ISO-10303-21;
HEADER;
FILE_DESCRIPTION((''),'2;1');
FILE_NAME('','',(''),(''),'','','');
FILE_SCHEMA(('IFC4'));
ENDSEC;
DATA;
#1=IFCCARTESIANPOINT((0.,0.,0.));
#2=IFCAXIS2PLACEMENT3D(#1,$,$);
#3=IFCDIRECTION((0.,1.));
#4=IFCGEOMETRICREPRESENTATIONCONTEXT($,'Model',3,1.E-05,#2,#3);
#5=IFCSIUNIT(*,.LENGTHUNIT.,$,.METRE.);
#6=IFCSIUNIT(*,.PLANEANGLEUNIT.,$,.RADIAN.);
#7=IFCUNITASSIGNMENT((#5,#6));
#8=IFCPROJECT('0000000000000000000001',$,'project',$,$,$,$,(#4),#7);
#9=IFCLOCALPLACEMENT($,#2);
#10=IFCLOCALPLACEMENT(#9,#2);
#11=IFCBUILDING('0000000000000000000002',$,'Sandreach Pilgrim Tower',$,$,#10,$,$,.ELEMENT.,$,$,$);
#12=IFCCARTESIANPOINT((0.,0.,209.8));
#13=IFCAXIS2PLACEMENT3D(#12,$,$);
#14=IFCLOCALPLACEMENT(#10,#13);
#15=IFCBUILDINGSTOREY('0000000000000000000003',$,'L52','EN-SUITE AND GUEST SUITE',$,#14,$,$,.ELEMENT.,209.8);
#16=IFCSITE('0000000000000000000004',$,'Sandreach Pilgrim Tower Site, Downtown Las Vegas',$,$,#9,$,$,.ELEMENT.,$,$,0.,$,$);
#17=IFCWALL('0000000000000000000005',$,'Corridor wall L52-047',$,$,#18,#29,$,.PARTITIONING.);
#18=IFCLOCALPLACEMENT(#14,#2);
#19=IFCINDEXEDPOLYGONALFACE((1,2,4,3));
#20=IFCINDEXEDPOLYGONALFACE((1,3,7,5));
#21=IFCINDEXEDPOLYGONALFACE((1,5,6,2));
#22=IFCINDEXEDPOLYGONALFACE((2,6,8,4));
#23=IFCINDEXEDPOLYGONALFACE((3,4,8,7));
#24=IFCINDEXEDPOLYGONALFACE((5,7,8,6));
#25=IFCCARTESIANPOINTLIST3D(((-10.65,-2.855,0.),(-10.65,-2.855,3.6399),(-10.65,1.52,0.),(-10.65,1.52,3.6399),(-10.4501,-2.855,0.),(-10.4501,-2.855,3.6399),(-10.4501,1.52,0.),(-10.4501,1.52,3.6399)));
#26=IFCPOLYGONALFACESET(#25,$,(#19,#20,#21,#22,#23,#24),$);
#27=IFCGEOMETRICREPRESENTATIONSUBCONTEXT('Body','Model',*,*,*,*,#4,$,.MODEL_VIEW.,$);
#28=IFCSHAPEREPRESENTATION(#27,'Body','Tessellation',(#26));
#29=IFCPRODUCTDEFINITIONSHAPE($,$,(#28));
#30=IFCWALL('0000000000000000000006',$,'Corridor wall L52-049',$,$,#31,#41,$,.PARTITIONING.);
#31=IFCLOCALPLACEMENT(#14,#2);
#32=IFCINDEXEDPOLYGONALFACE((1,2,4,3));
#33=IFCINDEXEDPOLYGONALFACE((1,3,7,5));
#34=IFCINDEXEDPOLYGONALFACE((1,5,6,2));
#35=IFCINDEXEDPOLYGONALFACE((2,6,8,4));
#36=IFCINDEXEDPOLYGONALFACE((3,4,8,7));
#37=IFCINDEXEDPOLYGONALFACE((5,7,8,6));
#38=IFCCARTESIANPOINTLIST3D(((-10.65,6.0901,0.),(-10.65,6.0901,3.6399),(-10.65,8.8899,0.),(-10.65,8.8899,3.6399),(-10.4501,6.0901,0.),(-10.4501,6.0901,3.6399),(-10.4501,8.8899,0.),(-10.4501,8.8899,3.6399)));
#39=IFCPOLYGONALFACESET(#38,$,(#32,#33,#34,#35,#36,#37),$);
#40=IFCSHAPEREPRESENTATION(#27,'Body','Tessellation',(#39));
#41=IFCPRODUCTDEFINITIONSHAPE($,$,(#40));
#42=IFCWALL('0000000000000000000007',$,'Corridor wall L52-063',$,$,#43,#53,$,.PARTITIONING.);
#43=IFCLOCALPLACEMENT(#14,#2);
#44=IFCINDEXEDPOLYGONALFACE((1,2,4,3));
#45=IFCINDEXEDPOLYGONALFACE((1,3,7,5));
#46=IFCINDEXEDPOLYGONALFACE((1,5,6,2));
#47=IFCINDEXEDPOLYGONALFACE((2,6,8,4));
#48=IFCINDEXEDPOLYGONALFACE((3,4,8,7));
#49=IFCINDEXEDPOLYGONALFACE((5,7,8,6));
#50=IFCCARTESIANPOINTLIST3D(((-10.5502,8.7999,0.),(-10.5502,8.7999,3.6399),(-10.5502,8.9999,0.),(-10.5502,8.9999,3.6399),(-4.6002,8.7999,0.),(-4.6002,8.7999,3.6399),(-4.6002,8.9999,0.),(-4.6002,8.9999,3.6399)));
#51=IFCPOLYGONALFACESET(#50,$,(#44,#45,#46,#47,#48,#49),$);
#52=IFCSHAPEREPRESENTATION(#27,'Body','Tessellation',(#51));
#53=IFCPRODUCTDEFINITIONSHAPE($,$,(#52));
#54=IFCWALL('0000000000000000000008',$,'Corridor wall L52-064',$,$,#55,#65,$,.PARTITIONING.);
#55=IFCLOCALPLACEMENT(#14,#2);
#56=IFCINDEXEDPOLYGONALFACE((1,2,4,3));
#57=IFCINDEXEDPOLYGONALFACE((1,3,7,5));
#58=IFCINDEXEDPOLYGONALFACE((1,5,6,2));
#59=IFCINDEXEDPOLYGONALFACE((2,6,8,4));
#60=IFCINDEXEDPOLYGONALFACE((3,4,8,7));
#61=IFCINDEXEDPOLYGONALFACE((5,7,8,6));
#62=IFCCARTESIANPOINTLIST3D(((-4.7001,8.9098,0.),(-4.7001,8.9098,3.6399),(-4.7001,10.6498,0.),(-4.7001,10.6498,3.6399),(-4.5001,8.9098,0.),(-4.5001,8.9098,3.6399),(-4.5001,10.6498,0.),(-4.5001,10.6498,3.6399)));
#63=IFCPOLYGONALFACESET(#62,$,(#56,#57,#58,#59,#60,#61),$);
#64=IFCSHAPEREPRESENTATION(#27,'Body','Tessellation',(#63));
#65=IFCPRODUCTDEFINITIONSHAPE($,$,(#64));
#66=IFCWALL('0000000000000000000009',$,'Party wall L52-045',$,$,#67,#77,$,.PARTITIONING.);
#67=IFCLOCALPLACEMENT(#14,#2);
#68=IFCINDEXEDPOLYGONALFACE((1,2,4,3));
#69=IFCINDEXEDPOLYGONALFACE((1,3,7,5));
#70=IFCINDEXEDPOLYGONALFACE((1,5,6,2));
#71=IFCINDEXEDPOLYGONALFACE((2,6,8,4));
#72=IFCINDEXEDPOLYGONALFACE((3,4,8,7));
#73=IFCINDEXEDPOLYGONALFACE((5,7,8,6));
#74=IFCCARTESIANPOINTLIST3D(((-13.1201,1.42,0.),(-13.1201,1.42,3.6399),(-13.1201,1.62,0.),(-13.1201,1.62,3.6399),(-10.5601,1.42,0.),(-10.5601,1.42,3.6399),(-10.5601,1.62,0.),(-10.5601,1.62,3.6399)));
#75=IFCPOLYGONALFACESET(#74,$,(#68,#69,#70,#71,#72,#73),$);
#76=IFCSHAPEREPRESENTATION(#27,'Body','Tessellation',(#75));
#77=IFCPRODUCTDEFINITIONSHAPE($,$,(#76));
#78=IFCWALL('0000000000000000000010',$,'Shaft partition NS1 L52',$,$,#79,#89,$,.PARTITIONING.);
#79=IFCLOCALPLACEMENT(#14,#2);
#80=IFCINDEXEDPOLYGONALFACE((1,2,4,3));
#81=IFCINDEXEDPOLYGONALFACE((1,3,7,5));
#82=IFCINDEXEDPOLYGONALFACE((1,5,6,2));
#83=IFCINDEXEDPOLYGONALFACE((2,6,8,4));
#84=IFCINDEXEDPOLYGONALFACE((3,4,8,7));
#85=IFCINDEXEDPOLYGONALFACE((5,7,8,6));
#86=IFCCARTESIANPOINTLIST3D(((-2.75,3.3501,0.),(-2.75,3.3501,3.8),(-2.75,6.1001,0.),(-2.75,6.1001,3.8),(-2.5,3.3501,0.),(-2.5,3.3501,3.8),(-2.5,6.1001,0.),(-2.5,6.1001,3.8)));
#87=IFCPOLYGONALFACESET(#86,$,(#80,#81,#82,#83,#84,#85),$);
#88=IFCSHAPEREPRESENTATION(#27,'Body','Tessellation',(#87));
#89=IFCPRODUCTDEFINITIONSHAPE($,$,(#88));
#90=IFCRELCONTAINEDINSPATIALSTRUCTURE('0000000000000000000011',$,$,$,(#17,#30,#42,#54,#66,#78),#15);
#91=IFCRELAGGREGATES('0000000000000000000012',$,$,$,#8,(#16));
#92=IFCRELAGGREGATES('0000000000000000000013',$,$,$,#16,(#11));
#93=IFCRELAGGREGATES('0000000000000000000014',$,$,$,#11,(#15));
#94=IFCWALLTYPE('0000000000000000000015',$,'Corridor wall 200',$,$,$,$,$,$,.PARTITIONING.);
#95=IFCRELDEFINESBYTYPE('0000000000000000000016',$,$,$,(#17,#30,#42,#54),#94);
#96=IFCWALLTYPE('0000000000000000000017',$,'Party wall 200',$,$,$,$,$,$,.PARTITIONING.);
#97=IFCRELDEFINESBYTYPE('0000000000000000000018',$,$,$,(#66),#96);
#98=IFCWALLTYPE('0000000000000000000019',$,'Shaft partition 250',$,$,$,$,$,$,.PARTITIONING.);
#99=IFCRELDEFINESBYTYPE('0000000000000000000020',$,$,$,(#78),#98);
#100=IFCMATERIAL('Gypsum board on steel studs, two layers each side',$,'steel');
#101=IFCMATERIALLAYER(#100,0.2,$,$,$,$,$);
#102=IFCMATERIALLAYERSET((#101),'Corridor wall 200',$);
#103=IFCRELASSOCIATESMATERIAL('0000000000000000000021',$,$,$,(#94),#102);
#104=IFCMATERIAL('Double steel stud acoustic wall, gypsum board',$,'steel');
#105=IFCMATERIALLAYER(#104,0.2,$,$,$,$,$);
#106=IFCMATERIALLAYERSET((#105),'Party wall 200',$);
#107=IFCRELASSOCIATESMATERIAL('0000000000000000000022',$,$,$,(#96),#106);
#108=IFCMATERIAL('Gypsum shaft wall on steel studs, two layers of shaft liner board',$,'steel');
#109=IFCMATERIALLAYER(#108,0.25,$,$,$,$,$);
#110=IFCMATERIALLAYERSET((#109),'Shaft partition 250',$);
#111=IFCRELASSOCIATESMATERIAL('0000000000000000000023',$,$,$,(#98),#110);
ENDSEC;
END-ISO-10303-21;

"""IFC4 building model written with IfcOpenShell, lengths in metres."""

from ifc_helpers import new_model, si_unit, direction, frame, frame_2d, origin, place, context, subcontext, project, spatial, rectangle, extrude, material, layer, layer_set, type_object, element, save


model = new_model("IFC4")

# Units and contexts
model_context = context("Model", 3, precision=1e-05, world=origin(), true_north=direction((0.0, 1.0)))
body_context = subcontext(model_context, "Body", "Model", "MODEL_VIEW")
ifc_project = project(units=[si_unit("LENGTHUNIT", "METRE"), si_unit("PLANEANGLEUNIT", "RADIAN")], contexts=[model_context])

# Site, building, storey
site_placement = place(None, origin())
site = spatial("IfcSite", under=ifc_project, at=site_placement, Name="Sandreach Pilgrim Tower Site, Downtown Las Vegas", CompositionType="ELEMENT", RefElevation=0.0)
building_placement = place(site_placement, origin())
building = spatial("IfcBuilding", under=site, at=building_placement, Name="Sandreach Pilgrim Tower", CompositionType="ELEMENT")
storey_placement = place(building_placement, frame((0.0, 0.0, 209.8)))
storey = spatial("IfcBuildingStorey", under=building, at=storey_placement, Name="L52", Description="EN-SUITE AND GUEST SUITE", CompositionType="ELEMENT", Elevation=209.8)

# Shared definitions
ifc_material_1 = material(Name="Gypsum board on steel studs, two layers each side", Category="steel")
ifc_layer_1 = layer(ifc_material_1, 0.2)
ifc_layer_set_1 = layer_set([ifc_layer_1], Name="Corridor wall 200")
wall_type_1 = type_object("IfcWallType", Name="Corridor wall 200", PredefinedType="PARTITIONING", material=ifc_layer_set_1)

# Wall
wall_1_placement = place(storey_placement, frame((-10.55, 1.52, 0.0), z_axis=(0.0, 0.0, 1.0), x_axis=(0.0, -1.0, 0.0)))
element("IfcWall", 1, at=wall_1_placement, inside=storey, type_object=wall_type_1, Name="Corridor wall L52-047", PredefinedType="PARTITIONING", context=body_context, shape_type="SweptSolid", body=[
    extrude(rectangle(XDim=4.375, YDim=0.2, at=frame_2d((2.1875, 0.0))), origin(), (0.0, 0.0, 1.0), 3.6399),
])

# Wall
wall_2_placement = place(storey_placement, frame((-10.55, 8.8899, 0.0), z_axis=(0.0, 0.0, 1.0), x_axis=(0.0, -1.0, 0.0)))
element("IfcWall", 2, at=wall_2_placement, inside=storey, type_object=wall_type_1, Name="Corridor wall L52-049", PredefinedType="PARTITIONING", context=body_context, shape_type="SweptSolid", body=[
    extrude(rectangle(XDim=2.7998, YDim=0.2, at=frame_2d((1.3999, 0.0))), origin(), (0.0, 0.0, 1.0), 3.6399),
])

# Walls
wall_3_placement = place(storey_placement, frame((-4.6001, 8.8999, 0.0), z_axis=(0.0, 0.0, 1.0), x_axis=(-1.0, 0.0, 0.0)))
element("IfcWall", 3, at=wall_3_placement, inside=storey, type_object=wall_type_1, Name="Corridor wall L52-063", PredefinedType="PARTITIONING", context=body_context, shape_type="SweptSolid", body=[
    extrude(rectangle(XDim=5.95, YDim=0.2, at=frame_2d((2.9751, 0.0))), origin(), (0.0, 0.0, 1.0), 3.6399),
])
wall_4_placement = place(storey_placement, frame((-4.6001, 10.6499, 0.0), z_axis=(0.0, 0.0, 1.0), x_axis=(0.0, -1.0, 0.0)))
element("IfcWall", 4, at=wall_4_placement, inside=storey, type_object=wall_type_1, Name="Corridor wall L52-064", PredefinedType="PARTITIONING", context=body_context, shape_type="SweptSolid", body=[
    extrude(rectangle(XDim=1.74, YDim=0.2, at=frame_2d((0.8701, 0.0))), origin(), (0.0, 0.0, 1.0), 3.6399),
])

# Walls
ifc_material_2 = material(Name="Double steel stud acoustic wall, gypsum board", Category="steel")
ifc_layer_2 = layer(ifc_material_2, 0.2)
ifc_layer_set_2 = layer_set([ifc_layer_2], Name="Party wall 200")
wall_type_2 = type_object("IfcWallType", Name="Party wall 200", PredefinedType="PARTITIONING", material=ifc_layer_set_2)
wall_5_placement = place(storey_placement, frame((-10.5601, 1.52, 0.0), z_axis=(0.0, 0.0, 1.0), x_axis=(-1.0, 0.0, 0.0)))
element("IfcWall", 5, at=wall_5_placement, inside=storey, type_object=wall_type_2, Name="Party wall L52-045", PredefinedType="PARTITIONING", context=body_context, shape_type="SweptSolid", body=[
    extrude(rectangle(XDim=2.5601, YDim=0.2, at=frame_2d((1.28, 0.0))), origin(), (0.0, 0.0, 1.0), 3.6399),
])
ifc_material_3 = material(Name="Gypsum shaft wall on steel studs, two layers of shaft liner board", Category="steel")
ifc_layer_3 = layer(ifc_material_3, 0.25)
ifc_layer_set_3 = layer_set([ifc_layer_3], Name="Shaft partition 250")
wall_type_3 = type_object("IfcWallType", Name="Shaft partition 250", PredefinedType="PARTITIONING", material=ifc_layer_set_3)
wall_6_placement = place(storey_placement, frame((-2.625, 3.3501, 0.0), z_axis=(0.0, 0.0, 1.0), x_axis=(0.0, 1.0, 0.0)))
element("IfcWall", 6, at=wall_6_placement, inside=storey, type_object=wall_type_3, Name="Shaft partition NS1 L52", PredefinedType="PARTITIONING", context=body_context, shape_type="SweptSolid", body=[
    extrude(rectangle(XDim=2.75, YDim=0.25, at=frame_2d((1.375, 0.0))), origin(), (0.0, 0.0, 1.0), 3.8),
])

save(model, "model.ifc")
